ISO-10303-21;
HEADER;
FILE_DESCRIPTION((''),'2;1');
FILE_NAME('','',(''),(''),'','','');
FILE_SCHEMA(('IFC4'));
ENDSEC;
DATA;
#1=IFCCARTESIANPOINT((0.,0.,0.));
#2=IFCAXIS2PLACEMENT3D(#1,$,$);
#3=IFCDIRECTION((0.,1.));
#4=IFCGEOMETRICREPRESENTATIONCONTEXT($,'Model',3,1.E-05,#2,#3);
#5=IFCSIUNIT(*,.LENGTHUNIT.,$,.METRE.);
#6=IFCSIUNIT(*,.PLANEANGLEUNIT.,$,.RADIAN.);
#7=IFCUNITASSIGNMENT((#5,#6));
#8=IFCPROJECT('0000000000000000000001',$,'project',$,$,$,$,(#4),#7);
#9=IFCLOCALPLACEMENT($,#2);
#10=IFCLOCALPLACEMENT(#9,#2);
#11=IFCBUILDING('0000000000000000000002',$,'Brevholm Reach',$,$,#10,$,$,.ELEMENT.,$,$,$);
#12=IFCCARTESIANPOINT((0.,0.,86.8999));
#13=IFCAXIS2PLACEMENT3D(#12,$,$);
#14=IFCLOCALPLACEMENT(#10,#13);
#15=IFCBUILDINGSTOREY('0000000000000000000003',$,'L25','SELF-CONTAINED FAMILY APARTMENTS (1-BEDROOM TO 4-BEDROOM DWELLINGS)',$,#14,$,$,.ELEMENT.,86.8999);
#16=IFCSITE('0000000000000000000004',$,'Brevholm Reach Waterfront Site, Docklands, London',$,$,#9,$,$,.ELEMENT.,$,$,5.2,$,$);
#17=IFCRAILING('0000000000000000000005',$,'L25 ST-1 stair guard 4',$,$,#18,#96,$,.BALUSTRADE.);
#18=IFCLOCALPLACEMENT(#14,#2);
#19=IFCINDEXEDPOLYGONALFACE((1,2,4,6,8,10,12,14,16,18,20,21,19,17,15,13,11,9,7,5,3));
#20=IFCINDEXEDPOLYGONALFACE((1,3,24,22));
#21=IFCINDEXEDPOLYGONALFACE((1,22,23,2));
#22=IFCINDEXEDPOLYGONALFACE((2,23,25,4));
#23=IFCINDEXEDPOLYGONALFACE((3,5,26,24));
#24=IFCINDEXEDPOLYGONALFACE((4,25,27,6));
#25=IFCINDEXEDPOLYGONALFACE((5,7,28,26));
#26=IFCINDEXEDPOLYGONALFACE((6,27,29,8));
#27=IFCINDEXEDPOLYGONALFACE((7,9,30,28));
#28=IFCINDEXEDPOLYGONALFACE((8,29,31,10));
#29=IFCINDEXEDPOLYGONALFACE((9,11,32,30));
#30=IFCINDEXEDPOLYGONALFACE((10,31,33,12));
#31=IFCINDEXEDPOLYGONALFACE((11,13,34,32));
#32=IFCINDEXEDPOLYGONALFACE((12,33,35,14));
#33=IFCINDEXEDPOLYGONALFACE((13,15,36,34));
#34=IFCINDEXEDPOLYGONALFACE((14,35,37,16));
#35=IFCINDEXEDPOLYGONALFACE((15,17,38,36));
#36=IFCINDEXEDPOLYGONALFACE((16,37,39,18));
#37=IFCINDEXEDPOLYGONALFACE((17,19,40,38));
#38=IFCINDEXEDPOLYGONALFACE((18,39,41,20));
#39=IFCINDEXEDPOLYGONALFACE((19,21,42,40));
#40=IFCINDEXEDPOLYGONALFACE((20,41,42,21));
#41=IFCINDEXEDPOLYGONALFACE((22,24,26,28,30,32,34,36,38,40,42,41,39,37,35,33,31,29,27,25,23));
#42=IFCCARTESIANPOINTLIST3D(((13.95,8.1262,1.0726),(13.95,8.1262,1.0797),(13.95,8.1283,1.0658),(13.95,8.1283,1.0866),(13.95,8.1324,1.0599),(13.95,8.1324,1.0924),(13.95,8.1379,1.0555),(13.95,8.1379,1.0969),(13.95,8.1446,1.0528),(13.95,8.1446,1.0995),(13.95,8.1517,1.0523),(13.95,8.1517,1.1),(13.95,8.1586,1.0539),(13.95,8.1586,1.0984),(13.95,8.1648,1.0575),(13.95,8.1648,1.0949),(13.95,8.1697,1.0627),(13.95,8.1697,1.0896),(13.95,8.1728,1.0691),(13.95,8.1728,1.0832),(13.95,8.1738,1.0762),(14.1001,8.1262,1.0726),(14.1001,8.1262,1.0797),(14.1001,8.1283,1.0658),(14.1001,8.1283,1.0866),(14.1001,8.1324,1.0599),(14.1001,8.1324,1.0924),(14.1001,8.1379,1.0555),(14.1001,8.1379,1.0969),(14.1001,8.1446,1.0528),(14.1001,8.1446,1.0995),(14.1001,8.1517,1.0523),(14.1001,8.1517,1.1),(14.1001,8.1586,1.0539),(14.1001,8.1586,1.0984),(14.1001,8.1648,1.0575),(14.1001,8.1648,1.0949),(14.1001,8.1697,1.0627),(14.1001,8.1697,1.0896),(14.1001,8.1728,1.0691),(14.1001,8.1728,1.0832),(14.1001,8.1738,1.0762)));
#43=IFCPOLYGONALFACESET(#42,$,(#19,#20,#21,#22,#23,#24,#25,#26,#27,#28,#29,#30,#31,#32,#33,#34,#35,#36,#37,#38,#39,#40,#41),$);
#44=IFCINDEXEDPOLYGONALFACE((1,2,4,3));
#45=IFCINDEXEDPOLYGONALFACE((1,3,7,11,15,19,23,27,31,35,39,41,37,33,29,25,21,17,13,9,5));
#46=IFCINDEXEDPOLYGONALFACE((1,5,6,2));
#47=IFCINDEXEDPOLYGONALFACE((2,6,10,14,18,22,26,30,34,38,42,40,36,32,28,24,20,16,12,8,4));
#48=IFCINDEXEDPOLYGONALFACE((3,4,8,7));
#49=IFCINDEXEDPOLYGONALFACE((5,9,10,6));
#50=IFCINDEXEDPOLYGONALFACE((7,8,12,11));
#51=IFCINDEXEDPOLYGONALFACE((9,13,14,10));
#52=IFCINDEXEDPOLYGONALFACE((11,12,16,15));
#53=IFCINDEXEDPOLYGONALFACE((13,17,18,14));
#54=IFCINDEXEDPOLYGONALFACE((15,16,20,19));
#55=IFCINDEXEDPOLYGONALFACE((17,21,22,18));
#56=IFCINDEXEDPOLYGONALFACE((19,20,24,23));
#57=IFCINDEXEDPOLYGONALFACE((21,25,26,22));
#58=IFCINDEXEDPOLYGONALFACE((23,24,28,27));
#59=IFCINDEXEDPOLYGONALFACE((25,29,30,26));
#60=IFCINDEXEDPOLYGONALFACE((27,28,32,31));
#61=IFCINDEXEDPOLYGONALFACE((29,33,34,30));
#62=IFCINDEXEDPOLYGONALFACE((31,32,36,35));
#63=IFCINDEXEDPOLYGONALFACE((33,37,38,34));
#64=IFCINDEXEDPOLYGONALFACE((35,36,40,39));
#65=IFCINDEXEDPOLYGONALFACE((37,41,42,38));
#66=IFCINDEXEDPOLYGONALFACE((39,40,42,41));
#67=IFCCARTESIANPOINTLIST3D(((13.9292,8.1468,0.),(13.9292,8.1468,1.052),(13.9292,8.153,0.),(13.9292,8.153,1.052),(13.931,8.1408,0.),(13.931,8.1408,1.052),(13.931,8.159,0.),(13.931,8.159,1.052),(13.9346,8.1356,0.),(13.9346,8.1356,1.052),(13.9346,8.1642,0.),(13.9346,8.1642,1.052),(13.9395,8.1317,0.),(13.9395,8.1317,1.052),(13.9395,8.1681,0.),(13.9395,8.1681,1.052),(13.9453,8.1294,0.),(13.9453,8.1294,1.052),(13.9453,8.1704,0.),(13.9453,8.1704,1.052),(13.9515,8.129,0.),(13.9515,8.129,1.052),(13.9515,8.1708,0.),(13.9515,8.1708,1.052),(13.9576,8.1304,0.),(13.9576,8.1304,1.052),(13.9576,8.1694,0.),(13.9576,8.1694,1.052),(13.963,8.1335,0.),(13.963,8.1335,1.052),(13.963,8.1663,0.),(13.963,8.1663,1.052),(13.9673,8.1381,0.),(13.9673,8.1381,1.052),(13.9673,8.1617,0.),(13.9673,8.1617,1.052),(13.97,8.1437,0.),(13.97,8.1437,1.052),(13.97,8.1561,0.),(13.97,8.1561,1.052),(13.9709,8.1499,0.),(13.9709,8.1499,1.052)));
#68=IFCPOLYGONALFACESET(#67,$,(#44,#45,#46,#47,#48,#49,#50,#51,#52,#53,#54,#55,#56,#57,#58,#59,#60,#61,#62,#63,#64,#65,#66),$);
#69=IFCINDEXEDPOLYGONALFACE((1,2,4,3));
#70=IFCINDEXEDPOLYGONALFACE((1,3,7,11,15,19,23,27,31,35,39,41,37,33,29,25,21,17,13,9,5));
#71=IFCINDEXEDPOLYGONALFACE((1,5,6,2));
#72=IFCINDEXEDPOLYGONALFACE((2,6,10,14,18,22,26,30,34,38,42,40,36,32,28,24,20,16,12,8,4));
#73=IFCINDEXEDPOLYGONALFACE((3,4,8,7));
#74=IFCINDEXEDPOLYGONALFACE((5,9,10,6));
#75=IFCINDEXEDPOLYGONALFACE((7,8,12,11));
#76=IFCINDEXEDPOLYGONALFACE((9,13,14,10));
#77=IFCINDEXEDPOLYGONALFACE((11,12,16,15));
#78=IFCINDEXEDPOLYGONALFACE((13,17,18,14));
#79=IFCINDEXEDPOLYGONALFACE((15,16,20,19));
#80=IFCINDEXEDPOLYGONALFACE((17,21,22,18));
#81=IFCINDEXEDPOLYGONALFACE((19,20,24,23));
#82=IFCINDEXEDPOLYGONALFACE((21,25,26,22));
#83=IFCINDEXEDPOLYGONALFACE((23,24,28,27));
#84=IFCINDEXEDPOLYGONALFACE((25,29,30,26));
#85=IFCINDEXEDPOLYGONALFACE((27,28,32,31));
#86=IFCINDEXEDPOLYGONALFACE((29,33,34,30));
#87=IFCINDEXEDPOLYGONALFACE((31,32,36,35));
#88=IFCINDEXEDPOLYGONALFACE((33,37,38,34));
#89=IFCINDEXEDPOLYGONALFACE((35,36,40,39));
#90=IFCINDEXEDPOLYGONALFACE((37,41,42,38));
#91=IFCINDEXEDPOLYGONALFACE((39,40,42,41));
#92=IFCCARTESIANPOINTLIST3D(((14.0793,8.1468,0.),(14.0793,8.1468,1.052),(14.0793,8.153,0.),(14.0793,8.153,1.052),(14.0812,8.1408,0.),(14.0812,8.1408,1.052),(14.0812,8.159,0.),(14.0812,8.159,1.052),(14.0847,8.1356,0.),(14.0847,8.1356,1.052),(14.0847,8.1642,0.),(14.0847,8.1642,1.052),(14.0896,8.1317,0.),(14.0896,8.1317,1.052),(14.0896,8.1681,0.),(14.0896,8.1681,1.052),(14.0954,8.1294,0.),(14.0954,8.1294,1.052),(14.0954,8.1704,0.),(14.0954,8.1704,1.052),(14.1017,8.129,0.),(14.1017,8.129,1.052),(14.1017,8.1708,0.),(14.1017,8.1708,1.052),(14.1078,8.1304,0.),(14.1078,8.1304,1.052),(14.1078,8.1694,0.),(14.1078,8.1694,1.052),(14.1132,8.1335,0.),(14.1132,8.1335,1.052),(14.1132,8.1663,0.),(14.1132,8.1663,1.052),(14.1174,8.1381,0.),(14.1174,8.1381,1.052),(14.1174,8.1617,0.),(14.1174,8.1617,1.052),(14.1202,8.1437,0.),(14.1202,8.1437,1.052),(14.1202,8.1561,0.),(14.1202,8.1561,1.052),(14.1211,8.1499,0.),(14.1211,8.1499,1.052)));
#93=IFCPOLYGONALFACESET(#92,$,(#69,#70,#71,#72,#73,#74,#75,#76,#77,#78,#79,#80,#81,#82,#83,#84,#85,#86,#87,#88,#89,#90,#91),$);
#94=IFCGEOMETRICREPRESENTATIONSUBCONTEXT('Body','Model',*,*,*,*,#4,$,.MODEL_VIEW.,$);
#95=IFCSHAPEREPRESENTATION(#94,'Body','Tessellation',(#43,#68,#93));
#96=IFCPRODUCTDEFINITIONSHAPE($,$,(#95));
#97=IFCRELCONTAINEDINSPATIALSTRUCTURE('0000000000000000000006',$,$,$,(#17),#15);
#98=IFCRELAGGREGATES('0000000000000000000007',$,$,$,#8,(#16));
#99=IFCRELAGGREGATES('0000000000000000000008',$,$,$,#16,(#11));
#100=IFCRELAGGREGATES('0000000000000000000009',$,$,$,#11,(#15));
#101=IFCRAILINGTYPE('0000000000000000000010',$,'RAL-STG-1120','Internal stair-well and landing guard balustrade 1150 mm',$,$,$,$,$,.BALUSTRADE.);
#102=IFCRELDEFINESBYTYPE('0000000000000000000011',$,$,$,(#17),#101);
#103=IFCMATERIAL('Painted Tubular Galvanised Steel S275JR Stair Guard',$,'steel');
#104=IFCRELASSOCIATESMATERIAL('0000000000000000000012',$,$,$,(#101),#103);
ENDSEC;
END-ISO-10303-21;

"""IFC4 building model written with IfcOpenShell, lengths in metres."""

from ifc_helpers import new_model, si_unit, direction, frame, origin, origin_2d, place, context, subcontext, project, spatial, circle, extrude, material, type_object, element, save


model = new_model("IFC4")

# Units and contexts
model_context = context("Model", 3, precision=1e-05, world=origin(), true_north=direction((0.0, 1.0)))
body_context = subcontext(model_context, "Body", "Model", "MODEL_VIEW")
ifc_project = project(units=[si_unit("LENGTHUNIT", "METRE"), si_unit("PLANEANGLEUNIT", "RADIAN")], contexts=[model_context])

# Site, building, storey
site_placement = place(None, origin())
site = spatial("IfcSite", under=ifc_project, at=site_placement, Name="Brevholm Reach Waterfront Site, Docklands, London", CompositionType="ELEMENT", RefElevation=5.2)
building_placement = place(site_placement, origin())
building = spatial("IfcBuilding", under=site, at=building_placement, Name="Brevholm Reach", CompositionType="ELEMENT")
storey_placement = place(building_placement, frame((0.0, 0.0, 86.8999)))
storey = spatial("IfcBuildingStorey", under=building, at=storey_placement, Name="L25", Description="SELF-CONTAINED FAMILY APARTMENTS (1-BEDROOM TO 4-BEDROOM DWELLINGS)", CompositionType="ELEMENT", Elevation=86.8999)

# Railing
ifc_material_1 = material(Name="Painted Tubular Galvanised Steel S275JR Stair Guard", Category="steel")
railing_type_1 = type_object("IfcRailingType", Name="RAL-STG-1120", Description="Internal stair-well and landing guard balustrade 1150 mm", PredefinedType="BALUSTRADE", material=ifc_material_1)
railing_1_placement = place(storey_placement, frame((13.95, 8.1499, 0.0)))
element("IfcRailing", 1, at=railing_1_placement, inside=storey, type_object=railing_type_1, Name="L25 ST-1 stair guard 4", PredefinedType="BALUSTRADE", context=body_context, shape_type="SweptSolid", body=[
    extrude(circle(Radius=0.0239, at=origin_2d()), frame((0.0, 0.0, 1.0762), z_axis=(1.0, 0.0, 0.0), x_axis=(0.0, 1.0, 0.0)), (0.0, 0.0, 1.0), 0.1501),
    extrude(circle(Radius=0.021, at=origin_2d()), origin(), (0.0, 0.0, 1.0), 1.052),
    extrude(circle(Radius=0.021, at=origin_2d()), frame((0.1501, 0.0, 0.0)), (0.0, 0.0, 1.0), 1.052),
])

save(model, "model.ifc")
